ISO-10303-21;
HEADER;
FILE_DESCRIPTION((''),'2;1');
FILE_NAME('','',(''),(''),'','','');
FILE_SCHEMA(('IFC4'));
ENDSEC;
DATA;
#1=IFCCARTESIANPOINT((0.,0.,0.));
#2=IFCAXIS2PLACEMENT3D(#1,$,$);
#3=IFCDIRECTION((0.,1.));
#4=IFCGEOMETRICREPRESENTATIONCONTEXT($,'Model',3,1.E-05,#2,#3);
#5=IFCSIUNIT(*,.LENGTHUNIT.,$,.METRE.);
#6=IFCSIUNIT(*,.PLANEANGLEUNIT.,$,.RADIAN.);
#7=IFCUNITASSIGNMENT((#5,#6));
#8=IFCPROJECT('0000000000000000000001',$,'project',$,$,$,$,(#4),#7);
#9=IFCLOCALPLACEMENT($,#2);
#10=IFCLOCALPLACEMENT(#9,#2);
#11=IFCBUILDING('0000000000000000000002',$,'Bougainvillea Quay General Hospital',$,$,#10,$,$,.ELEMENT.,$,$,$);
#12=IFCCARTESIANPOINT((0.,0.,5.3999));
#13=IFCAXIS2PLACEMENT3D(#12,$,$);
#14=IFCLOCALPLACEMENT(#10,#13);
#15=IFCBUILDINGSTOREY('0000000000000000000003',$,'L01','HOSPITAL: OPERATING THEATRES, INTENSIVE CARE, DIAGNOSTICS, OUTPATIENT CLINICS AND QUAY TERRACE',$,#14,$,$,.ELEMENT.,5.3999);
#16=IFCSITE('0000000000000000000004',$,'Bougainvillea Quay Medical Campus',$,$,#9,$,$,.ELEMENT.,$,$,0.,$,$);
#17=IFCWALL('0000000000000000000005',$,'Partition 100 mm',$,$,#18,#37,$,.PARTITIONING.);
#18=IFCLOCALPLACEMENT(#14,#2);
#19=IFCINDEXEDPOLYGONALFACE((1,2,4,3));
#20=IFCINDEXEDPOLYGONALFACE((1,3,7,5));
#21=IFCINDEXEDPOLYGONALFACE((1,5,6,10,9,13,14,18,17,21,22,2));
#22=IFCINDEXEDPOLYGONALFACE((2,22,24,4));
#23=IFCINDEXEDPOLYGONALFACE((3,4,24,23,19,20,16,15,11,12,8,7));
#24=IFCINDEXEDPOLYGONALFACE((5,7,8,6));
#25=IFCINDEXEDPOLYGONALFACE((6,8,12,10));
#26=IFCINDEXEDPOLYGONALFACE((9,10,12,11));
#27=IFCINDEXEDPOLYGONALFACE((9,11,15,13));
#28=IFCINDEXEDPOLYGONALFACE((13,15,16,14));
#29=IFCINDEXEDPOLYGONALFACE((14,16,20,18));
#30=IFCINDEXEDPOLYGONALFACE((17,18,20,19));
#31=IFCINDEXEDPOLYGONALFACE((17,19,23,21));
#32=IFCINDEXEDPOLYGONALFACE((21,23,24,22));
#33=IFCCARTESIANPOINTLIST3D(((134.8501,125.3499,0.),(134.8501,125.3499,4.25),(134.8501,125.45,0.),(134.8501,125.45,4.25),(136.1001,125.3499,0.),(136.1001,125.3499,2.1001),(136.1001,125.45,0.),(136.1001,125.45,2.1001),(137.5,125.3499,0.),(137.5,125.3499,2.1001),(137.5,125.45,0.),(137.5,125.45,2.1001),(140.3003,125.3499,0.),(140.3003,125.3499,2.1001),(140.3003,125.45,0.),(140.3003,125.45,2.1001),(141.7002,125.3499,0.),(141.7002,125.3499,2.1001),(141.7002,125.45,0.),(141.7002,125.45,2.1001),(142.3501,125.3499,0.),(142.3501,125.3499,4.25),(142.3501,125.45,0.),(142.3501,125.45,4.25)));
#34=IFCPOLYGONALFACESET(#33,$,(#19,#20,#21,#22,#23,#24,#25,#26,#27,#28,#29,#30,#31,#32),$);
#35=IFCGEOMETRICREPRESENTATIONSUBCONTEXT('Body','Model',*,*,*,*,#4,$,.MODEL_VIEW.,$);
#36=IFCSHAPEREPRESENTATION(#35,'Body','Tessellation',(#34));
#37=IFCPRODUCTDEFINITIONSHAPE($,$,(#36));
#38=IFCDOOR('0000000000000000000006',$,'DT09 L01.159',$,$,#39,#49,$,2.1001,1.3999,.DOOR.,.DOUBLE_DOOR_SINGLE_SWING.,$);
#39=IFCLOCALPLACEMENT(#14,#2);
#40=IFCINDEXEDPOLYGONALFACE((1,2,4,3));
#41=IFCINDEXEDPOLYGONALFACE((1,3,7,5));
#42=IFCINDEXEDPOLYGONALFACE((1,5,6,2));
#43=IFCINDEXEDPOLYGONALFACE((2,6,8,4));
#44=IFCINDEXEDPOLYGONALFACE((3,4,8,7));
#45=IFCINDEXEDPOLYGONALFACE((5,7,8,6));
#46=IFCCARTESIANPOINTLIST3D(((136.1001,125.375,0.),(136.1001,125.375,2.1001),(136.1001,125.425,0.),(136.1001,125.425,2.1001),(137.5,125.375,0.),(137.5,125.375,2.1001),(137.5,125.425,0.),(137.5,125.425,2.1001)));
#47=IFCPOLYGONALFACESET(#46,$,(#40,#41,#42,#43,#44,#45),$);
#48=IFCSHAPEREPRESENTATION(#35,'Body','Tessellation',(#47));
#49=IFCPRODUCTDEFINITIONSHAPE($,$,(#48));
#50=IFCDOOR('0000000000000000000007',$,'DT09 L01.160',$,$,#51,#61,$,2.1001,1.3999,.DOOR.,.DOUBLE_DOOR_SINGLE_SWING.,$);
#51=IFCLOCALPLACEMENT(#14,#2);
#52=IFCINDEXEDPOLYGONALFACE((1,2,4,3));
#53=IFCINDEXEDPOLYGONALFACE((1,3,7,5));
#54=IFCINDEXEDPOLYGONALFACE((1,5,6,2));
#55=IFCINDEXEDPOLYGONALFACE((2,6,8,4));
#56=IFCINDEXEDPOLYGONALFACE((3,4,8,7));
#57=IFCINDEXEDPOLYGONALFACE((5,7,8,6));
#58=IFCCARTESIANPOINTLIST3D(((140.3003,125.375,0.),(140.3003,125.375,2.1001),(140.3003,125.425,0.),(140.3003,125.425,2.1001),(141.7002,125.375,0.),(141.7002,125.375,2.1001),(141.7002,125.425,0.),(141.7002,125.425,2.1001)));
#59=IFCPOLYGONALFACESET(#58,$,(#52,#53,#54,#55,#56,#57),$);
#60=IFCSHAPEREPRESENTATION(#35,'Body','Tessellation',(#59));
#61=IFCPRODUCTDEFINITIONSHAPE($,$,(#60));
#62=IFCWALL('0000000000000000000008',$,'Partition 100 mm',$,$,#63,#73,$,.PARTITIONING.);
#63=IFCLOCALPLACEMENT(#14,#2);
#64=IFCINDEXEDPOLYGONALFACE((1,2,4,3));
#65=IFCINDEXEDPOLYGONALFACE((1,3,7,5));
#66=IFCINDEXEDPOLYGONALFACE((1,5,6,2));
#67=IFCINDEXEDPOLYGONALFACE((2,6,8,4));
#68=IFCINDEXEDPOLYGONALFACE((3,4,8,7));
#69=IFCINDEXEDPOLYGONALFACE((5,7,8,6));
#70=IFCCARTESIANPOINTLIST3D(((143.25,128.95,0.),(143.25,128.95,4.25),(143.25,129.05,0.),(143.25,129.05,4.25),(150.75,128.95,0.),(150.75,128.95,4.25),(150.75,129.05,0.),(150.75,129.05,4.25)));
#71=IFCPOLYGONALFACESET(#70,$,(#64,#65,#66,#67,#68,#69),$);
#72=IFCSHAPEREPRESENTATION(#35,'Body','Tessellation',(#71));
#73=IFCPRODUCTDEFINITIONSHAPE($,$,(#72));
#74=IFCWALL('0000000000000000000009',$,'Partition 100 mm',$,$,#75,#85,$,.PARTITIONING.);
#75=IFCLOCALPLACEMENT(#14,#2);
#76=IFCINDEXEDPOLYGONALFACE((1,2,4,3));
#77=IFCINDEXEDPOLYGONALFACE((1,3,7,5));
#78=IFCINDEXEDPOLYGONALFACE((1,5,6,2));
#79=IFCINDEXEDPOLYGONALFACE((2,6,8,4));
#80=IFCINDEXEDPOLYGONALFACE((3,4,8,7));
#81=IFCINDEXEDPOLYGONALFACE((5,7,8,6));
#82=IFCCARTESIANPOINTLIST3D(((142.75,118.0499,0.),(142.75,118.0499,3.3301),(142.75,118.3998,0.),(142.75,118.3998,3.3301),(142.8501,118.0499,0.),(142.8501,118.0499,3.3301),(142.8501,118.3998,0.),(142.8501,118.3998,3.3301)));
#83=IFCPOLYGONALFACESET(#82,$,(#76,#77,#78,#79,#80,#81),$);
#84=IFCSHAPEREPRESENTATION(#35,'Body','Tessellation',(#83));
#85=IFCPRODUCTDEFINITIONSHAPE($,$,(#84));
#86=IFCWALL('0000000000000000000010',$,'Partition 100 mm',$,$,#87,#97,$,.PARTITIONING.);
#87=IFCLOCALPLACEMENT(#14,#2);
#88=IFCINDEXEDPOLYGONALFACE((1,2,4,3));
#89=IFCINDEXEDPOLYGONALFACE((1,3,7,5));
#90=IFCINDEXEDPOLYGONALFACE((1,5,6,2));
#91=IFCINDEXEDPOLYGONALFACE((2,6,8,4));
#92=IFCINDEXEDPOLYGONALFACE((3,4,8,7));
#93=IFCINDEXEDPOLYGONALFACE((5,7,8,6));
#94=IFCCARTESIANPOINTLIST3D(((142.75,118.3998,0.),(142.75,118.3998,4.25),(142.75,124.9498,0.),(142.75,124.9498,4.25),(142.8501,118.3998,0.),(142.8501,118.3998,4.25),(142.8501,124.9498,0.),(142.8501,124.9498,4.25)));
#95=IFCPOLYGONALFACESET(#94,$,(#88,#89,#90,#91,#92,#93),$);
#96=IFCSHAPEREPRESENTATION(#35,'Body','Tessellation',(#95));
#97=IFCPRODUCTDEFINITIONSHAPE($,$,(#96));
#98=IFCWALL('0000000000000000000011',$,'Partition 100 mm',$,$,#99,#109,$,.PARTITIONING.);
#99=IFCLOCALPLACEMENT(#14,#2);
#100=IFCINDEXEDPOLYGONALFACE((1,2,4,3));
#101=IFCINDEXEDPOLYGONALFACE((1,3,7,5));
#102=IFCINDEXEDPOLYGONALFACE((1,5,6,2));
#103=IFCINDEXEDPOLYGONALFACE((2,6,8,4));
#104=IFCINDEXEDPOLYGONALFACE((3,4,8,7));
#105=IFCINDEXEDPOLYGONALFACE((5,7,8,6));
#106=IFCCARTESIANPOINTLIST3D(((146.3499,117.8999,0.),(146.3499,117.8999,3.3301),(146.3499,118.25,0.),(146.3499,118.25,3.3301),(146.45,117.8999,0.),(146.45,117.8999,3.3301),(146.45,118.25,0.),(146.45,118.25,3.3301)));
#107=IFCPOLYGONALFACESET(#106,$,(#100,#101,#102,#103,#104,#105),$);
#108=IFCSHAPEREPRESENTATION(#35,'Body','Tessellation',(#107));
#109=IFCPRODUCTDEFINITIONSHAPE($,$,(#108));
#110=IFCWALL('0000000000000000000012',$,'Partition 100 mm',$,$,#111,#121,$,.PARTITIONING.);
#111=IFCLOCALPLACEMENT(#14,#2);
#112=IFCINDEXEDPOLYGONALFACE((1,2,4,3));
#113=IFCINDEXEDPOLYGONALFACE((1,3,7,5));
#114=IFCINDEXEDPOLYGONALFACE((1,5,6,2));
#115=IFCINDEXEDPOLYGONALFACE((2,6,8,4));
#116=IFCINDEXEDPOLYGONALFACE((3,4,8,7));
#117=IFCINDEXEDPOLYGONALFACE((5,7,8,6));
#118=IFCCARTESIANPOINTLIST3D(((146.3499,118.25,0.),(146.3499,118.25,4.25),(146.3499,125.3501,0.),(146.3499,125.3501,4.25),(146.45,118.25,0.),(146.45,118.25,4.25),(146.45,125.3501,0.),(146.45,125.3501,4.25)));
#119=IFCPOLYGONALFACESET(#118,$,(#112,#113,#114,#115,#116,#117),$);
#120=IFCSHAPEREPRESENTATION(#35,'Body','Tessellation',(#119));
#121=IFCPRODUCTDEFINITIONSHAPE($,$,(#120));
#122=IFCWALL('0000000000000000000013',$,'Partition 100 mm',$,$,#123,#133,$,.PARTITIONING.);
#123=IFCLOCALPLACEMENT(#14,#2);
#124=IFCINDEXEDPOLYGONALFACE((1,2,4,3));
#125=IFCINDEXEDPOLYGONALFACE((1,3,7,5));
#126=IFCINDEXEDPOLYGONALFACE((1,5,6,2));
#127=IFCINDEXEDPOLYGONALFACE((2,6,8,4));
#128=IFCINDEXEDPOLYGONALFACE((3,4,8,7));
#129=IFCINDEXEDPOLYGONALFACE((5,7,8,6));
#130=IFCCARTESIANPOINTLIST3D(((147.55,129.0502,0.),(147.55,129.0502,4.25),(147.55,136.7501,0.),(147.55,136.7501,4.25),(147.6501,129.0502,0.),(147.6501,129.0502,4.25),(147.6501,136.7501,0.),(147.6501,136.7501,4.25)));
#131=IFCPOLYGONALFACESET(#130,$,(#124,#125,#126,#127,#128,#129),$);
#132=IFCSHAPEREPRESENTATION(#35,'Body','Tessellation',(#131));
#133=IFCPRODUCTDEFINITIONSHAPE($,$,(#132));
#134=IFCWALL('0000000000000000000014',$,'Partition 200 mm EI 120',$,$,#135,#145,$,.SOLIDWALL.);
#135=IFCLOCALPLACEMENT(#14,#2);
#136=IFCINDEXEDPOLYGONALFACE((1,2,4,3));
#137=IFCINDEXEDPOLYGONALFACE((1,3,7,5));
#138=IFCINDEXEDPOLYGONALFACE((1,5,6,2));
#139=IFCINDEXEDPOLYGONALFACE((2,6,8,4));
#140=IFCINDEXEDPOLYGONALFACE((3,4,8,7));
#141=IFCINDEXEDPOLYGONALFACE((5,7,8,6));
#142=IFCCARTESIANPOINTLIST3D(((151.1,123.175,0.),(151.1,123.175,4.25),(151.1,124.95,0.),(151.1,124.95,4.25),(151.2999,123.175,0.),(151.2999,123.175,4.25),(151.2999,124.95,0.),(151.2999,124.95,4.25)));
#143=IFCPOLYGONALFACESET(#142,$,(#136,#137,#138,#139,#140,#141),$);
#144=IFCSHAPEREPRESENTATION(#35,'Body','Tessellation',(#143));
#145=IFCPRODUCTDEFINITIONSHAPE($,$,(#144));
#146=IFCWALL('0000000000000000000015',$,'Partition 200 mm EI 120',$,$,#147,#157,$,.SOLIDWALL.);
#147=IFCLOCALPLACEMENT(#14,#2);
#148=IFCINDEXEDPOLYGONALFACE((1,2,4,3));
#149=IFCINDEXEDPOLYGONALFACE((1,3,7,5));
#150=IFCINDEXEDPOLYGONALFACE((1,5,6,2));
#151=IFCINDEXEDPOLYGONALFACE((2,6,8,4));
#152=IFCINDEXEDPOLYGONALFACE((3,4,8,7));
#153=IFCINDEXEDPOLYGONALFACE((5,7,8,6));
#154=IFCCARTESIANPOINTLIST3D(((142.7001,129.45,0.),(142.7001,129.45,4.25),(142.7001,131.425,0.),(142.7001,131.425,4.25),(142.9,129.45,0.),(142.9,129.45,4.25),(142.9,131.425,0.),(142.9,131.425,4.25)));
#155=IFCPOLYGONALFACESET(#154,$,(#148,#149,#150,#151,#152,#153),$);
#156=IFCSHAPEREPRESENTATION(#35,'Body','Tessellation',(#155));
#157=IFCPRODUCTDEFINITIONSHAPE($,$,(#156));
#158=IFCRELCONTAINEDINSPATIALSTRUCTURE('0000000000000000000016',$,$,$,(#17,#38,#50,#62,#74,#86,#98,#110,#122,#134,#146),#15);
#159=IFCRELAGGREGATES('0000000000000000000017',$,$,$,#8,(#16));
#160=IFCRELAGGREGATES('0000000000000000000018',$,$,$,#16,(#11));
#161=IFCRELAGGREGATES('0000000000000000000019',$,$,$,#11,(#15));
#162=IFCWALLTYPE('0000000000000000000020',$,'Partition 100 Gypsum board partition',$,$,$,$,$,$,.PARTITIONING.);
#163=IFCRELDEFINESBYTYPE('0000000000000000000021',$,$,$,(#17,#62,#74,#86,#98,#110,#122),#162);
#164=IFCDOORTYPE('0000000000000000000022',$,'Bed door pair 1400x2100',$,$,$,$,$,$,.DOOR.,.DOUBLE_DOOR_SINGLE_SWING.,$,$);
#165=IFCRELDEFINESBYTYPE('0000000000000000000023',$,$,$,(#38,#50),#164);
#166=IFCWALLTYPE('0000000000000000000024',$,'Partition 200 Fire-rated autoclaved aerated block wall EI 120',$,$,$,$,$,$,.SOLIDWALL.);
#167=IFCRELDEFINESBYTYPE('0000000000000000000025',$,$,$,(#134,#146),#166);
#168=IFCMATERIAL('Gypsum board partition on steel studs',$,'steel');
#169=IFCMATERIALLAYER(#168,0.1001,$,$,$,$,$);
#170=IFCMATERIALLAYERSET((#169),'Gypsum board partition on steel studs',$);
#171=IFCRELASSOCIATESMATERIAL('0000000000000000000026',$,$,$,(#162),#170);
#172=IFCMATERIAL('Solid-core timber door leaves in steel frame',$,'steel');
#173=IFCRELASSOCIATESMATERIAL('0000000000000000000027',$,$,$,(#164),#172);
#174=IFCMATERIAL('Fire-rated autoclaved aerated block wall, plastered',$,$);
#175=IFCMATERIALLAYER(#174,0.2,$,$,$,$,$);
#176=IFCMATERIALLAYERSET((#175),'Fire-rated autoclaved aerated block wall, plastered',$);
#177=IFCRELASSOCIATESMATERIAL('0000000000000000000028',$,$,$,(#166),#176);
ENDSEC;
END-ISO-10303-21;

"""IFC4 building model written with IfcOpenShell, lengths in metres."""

from ifc_helpers import new_model, si_unit, direction, frame, frame_2d, origin, place, context, subcontext, project, spatial, rectangle, extrude, material, layer, layer_set, type_object, element, fill, save


model = new_model("IFC4")

# Units and contexts
model_context = context("Model", 3, precision=1e-05, world=origin(), true_north=direction((0.0, 1.0)))
body_context = subcontext(model_context, "Body", "Model", "MODEL_VIEW")
ifc_project = project(units=[si_unit("LENGTHUNIT", "METRE"), si_unit("PLANEANGLEUNIT", "RADIAN")], contexts=[model_context])

# Site, building, storey
site_placement = place(None, origin())
site = spatial("IfcSite", under=ifc_project, at=site_placement, Name="Bougainvillea Quay Medical Campus", CompositionType="ELEMENT", RefElevation=0.0)
building_placement = place(site_placement, origin())
building = spatial("IfcBuilding", under=site, at=building_placement, Name="Bougainvillea Quay General Hospital", CompositionType="ELEMENT")
storey_placement = place(building_placement, frame((0.0, 0.0, 5.3999)))
storey = spatial("IfcBuildingStorey", under=building, at=storey_placement, Name="L01", Description="HOSPITAL: OPERATING THEATRES, INTENSIVE CARE, DIAGNOSTICS, OUTPATIENT CLINICS AND QUAY TERRACE", CompositionType="ELEMENT", Elevation=5.3999)

# Wall, openings, doors
ifc_material_1 = material(Name="Gypsum board partition on steel studs", Category="steel")
ifc_layer_1 = layer(ifc_material_1, 0.1001)
ifc_layer_set_1 = layer_set([ifc_layer_1], Name="Gypsum board partition on steel studs")
wall_type_1 = type_object("IfcWallType", Name="Partition 100 Gypsum board partition", PredefinedType="PARTITIONING", material=ifc_layer_set_1)
ifc_material_2 = material(Name="Solid-core timber door leaves in steel frame", Category="steel")
door_type_1 = type_object("IfcDoorType", Name="Bed door pair 1400x2100", OperationType="DOUBLE_DOOR_SINGLE_SWING", PredefinedType="DOOR", material=ifc_material_2)
wall_1_placement = place(storey_placement, frame((142.3501, 125.3999, 0.0), z_axis=(0.0, 0.0, 1.0), x_axis=(-1.0, 0.0, 0.0)))
wall_1 = element("IfcWall", 1, at=wall_1_placement, inside=storey, type_object=wall_type_1, Name="Partition 100 mm", PredefinedType="PARTITIONING", context=body_context, shape_type="SweptSolid", body=[
    extrude(rectangle(XDim=7.5, YDim=0.1001, at=frame_2d((3.75, 0.0))), origin(), (0.0, 0.0, 1.0), 4.25),
])
opening_1_placement = place(wall_1_placement, frame((4.8501, 0.0, 0.0)))
opening_1 = element("IfcOpeningElement", 2, at=opening_1_placement, cuts=wall_1, PredefinedType="OPENING", context=body_context, shape_type="SweptSolid", body=[
    extrude(rectangle(XDim=1.3999, YDim=2.1001, at=frame_2d((0.7, 1.05))), frame((0.0, 0.0601, 0.0), z_axis=(0.0, -1.0, 0.0), x_axis=(1.0, 0.0, 0.0)), (0.0, 0.0, 1.0), 0.1201),
])
opening_2_placement = place(wall_1_placement, frame((0.6499, 0.0, 0.0)))
opening_2 = element("IfcOpeningElement", 3, at=opening_2_placement, cuts=wall_1, PredefinedType="OPENING", context=body_context, shape_type="SweptSolid", body=[
    extrude(rectangle(XDim=1.3999, YDim=2.1001, at=frame_2d((0.7, 1.05))), frame((0.0, 0.0601, 0.0), z_axis=(0.0, -1.0, 0.0), x_axis=(1.0, 0.0, 0.0)), (0.0, 0.0, 1.0), 0.1201),
])
door_1_placement = place(opening_1_placement, origin())
door_1 = element("IfcDoor", 4, at=door_1_placement, inside=storey, type_object=door_type_1, Name="DT09 L01.159", OperationType="DOUBLE_DOOR_SINGLE_SWING", OverallHeight=2.1001, OverallWidth=1.3999, PredefinedType="DOOR", context=body_context, shape_type="SweptSolid", body=[
    extrude(rectangle(XDim=1.3999, YDim=2.1001, at=frame_2d((0.7, 1.05))), frame((0.0, 0.0249, 0.0), z_axis=(0.0, -1.0, 0.0), x_axis=(1.0, 0.0, 0.0)), (0.0, 0.0, 1.0), 0.05),
])
fill(opening_1, door_1)
door_2_placement = place(opening_2_placement, origin())
door_2 = element("IfcDoor", 5, at=door_2_placement, inside=storey, type_object=door_type_1, Name="DT09 L01.160", OperationType="DOUBLE_DOOR_SINGLE_SWING", OverallHeight=2.1001, OverallWidth=1.3999, PredefinedType="DOOR", context=body_context, shape_type="SweptSolid", body=[
    extrude(rectangle(XDim=1.3999, YDim=2.1001, at=frame_2d((0.7, 1.05))), frame((0.0, 0.0249, 0.0), z_axis=(0.0, -1.0, 0.0), x_axis=(1.0, 0.0, 0.0)), (0.0, 0.0, 1.0), 0.05),
])
fill(opening_2, door_2)

# Walls
wall_2_placement = place(storey_placement, frame((143.25, 129.0, 0.0), z_axis=(0.0, 0.0, 1.0), x_axis=(1.0, 0.0, 0.0)))
element("IfcWall", 6, at=wall_2_placement, inside=storey, type_object=wall_type_1, Name="Partition 100 mm", PredefinedType="PARTITIONING", context=body_context, shape_type="SweptSolid", body=[
    extrude(rectangle(XDim=7.5, YDim=0.1001, at=frame_2d((3.75, 0.0))), origin(), (0.0, 0.0, 1.0), 4.25),
])
wall_3_placement = place(storey_placement, frame((142.8, 118.05, 0.0), z_axis=(0.0, 0.0, 1.0), x_axis=(0.0, 1.0, 0.0)))
element("IfcWall", 7, at=wall_3_placement, inside=storey, type_object=wall_type_1, Name="Partition 100 mm", PredefinedType="PARTITIONING", context=body_context, shape_type="SweptSolid", body=[
    extrude(rectangle(XDim=0.3499, YDim=0.1001, at=frame_2d((0.1748, 0.0))), origin(), (0.0, 0.0, 1.0), 3.3301),
])
wall_4_placement = place(storey_placement, frame((142.8, 118.3999, 0.0), z_axis=(0.0, 0.0, 1.0), x_axis=(0.0, 1.0, 0.0)))
element("IfcWall", 8, at=wall_4_placement, inside=storey, type_object=wall_type_1, Name="Partition 100 mm", PredefinedType="PARTITIONING", context=body_context, shape_type="SweptSolid", body=[
    extrude(rectangle(XDim=6.55, YDim=0.1001, at=frame_2d((3.2749, 0.0))), origin(), (0.0, 0.0, 1.0), 4.25),
])
wall_5_placement = place(storey_placement, frame((146.3999, 117.8999, 0.0), z_axis=(0.0, 0.0, 1.0), x_axis=(0.0, 1.0, 0.0)))
element("IfcWall", 9, at=wall_5_placement, inside=storey, type_object=wall_type_1, Name="Partition 100 mm", PredefinedType="PARTITIONING", context=body_context, shape_type="SweptSolid", body=[
    extrude(rectangle(XDim=0.3501, YDim=0.1001, at=frame_2d((0.175, 0.0))), origin(), (0.0, 0.0, 1.0), 3.3301),
])
wall_6_placement = place(storey_placement, frame((146.3999, 118.25, 0.0), z_axis=(0.0, 0.0, 1.0), x_axis=(0.0, 1.0, 0.0)))
element("IfcWall", 10, at=wall_6_placement, inside=storey, type_object=wall_type_1, Name="Partition 100 mm", PredefinedType="PARTITIONING", context=body_context, shape_type="SweptSolid", body=[
    extrude(rectangle(XDim=7.1001, YDim=0.1001, at=frame_2d((3.55, 0.0))), origin(), (0.0, 0.0, 1.0), 4.25),
])
wall_7_placement = place(storey_placement, frame((147.6001, 129.05, 0.0), z_axis=(0.0, 0.0, 1.0), x_axis=(0.0, 1.0, 0.0)))
element("IfcWall", 11, at=wall_7_placement, inside=storey, type_object=wall_type_1, Name="Partition 100 mm", PredefinedType="PARTITIONING", context=body_context, shape_type="SweptSolid", body=[
    extrude(rectangle(XDim=7.7, YDim=0.1001, at=frame_2d((3.8501, 0.0))), origin(), (0.0, 0.0, 1.0), 4.25),
])
ifc_material_3 = material(Name="Fire-rated autoclaved aerated block wall, plastered")
ifc_layer_2 = layer(ifc_material_3, 0.2)
ifc_layer_set_2 = layer_set([ifc_layer_2], Name="Fire-rated autoclaved aerated block wall, plastered")
wall_type_2 = type_object("IfcWallType", Name="Partition 200 Fire-rated autoclaved aerated block wall EI 120", PredefinedType="SOLIDWALL", material=ifc_layer_set_2)
wall_8_placement = place(storey_placement, frame((151.2, 123.175, 0.0), z_axis=(0.0, 0.0, 1.0), x_axis=(0.0, 1.0, 0.0)))
element("IfcWall", 12, at=wall_8_placement, inside=storey, type_object=wall_type_2, Name="Partition 200 mm EI 120", PredefinedType="SOLIDWALL", context=body_context, shape_type="SweptSolid", body=[
    extrude(rectangle(XDim=1.7749, YDim=0.2, at=frame_2d((0.8875, 0.0))), origin(), (0.0, 0.0, 1.0), 4.25),
])
wall_9_placement = place(storey_placement, frame((142.8, 129.45, 0.0), z_axis=(0.0, 0.0, 1.0), x_axis=(0.0, 1.0, 0.0)))
element("IfcWall", 13, at=wall_9_placement, inside=storey, type_object=wall_type_2, Name="Partition 200 mm EI 120", PredefinedType="SOLIDWALL", context=body_context, shape_type="SweptSolid", body=[
    extrude(rectangle(XDim=1.9751, YDim=0.2, at=frame_2d((0.9875, 0.0))), origin(), (0.0, 0.0, 1.0), 4.25),
])

save(model, "model.ifc")
